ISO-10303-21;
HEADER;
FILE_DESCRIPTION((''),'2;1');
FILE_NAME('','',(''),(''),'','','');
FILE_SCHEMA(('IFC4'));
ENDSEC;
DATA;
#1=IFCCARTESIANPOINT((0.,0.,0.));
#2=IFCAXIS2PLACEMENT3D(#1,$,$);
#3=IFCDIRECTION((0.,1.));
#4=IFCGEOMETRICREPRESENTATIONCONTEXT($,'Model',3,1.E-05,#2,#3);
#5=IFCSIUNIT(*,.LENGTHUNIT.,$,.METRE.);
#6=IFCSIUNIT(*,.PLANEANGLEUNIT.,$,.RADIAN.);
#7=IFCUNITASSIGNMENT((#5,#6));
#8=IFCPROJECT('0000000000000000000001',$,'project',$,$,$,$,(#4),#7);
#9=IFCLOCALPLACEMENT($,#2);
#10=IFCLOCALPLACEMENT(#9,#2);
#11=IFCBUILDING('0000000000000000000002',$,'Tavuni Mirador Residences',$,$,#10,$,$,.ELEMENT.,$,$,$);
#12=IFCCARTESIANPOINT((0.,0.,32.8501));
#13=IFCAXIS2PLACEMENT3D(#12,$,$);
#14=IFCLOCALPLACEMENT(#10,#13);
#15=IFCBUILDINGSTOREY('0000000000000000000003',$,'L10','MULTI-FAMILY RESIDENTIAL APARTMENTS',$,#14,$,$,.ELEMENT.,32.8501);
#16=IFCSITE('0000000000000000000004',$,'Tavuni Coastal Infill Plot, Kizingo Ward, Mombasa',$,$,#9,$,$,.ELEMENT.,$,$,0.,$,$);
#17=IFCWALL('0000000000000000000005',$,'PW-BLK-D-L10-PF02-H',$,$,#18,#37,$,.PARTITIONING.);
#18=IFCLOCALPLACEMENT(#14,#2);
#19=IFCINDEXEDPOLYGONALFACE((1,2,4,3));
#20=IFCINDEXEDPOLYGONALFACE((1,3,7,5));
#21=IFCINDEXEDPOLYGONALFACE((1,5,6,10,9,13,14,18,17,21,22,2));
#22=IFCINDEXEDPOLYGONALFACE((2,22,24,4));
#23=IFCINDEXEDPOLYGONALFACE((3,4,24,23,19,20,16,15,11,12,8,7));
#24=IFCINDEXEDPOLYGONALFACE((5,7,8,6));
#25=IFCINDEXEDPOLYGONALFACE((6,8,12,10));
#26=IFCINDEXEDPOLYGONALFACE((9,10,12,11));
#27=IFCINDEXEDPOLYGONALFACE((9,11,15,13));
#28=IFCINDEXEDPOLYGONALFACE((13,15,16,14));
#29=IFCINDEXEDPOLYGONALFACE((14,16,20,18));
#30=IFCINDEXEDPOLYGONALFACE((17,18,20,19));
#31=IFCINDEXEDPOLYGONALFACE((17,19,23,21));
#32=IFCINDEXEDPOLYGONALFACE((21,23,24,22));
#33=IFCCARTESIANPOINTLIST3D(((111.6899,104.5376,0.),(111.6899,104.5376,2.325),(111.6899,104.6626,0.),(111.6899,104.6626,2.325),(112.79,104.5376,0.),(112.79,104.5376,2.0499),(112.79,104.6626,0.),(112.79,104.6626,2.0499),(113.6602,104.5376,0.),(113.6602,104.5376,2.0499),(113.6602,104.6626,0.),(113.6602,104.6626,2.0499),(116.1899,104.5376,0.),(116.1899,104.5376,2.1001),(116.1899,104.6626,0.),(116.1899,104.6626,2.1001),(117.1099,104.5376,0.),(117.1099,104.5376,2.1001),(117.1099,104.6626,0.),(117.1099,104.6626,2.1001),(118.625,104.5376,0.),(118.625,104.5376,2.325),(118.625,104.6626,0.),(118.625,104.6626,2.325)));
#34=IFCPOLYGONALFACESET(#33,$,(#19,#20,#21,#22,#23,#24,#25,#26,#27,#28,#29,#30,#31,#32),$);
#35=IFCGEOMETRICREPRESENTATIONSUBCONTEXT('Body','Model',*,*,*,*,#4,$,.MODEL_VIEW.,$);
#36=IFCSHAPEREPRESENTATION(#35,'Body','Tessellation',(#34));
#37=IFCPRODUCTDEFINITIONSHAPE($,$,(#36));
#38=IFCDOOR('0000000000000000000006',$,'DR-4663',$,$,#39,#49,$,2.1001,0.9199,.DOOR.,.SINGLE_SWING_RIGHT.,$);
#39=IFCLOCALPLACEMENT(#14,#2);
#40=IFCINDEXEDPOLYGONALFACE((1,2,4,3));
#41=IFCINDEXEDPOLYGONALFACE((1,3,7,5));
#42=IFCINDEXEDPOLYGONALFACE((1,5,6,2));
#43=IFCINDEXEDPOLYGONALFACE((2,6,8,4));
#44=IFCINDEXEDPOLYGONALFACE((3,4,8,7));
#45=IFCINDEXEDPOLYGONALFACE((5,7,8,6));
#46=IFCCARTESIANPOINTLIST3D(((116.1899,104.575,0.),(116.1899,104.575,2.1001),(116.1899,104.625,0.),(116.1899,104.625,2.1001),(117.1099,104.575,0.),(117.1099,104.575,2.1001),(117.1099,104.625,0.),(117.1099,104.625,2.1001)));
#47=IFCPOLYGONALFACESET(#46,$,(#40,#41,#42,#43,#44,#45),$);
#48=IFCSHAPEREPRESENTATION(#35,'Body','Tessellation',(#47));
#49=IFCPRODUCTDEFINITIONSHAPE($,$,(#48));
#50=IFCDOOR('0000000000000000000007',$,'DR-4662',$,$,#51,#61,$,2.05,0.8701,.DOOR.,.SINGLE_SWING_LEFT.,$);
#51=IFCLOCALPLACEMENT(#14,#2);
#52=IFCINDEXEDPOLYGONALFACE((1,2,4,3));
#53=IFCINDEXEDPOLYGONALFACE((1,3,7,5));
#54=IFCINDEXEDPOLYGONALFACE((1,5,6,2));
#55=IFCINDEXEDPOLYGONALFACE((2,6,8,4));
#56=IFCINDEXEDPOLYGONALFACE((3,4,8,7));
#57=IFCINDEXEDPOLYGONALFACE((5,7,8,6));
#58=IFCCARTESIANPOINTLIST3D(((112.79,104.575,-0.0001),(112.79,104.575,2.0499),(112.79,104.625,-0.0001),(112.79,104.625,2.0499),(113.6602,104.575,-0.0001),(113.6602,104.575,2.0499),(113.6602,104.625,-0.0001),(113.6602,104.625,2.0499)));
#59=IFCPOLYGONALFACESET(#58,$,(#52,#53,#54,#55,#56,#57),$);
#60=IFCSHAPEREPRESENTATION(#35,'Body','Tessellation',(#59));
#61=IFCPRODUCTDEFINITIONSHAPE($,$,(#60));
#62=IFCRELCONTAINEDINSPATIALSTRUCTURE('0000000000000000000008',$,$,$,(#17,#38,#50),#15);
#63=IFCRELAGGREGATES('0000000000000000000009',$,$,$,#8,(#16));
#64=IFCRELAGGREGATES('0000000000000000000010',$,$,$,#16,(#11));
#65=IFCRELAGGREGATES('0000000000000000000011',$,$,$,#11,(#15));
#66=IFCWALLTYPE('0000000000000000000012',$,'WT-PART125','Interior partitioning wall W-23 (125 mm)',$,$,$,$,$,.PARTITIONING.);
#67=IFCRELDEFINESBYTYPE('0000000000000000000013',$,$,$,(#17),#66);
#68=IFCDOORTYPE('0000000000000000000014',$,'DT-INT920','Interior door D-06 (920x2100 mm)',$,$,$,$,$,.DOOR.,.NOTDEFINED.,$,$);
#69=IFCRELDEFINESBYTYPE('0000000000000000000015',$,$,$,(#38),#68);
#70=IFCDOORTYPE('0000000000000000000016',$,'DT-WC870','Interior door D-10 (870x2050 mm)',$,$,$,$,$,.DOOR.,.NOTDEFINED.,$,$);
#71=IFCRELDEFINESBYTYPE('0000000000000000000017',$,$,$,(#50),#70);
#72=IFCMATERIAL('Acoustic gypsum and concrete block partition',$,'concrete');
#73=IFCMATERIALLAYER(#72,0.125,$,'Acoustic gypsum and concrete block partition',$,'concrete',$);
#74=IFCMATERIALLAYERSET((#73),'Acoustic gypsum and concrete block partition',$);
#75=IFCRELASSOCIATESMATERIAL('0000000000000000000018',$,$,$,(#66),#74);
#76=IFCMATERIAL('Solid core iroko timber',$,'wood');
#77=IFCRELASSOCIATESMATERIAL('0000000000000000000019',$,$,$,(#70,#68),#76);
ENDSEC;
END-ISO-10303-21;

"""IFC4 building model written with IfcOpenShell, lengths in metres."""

from ifc_helpers import new_model, si_unit, direction, frame, frame_2d, origin, place, context, subcontext, project, spatial, rectangle, extrude, material, layer, layer_set, type_object, element, fill, save


model = new_model("IFC4")

# Units and contexts
model_context = context("Model", 3, precision=1e-05, world=origin(), true_north=direction((0.0, 1.0)))
body_context = subcontext(model_context, "Body", "Model", "MODEL_VIEW")
ifc_project = project(units=[si_unit("LENGTHUNIT", "METRE"), si_unit("PLANEANGLEUNIT", "RADIAN")], contexts=[model_context])

# Site, building, storey
site_placement = place(None, origin())
site = spatial("IfcSite", under=ifc_project, at=site_placement, Name="Tavuni Coastal Infill Plot, Kizingo Ward, Mombasa", CompositionType="ELEMENT", RefElevation=0.0)
building_placement = place(site_placement, origin())
building = spatial("IfcBuilding", under=site, at=building_placement, Name="Tavuni Mirador Residences", CompositionType="ELEMENT")
storey_placement = place(building_placement, frame((0.0, 0.0, 32.8501)))
storey = spatial("IfcBuildingStorey", under=building, at=storey_placement, Name="L10", Description="MULTI-FAMILY RESIDENTIAL APARTMENTS", CompositionType="ELEMENT", Elevation=32.8501)

# Shared definitions
ifc_material_1 = material(Name="Solid core iroko timber", Category="wood")

# Wall, openings, doors
ifc_material_2 = material(Name="Acoustic gypsum and concrete block partition", Category="concrete")
ifc_layer_1 = layer(ifc_material_2, 0.125, Name="Acoustic gypsum and concrete block partition", Category="concrete")
ifc_layer_set_1 = layer_set([ifc_layer_1], Name="Acoustic gypsum and concrete block partition")
wall_type_1 = type_object("IfcWallType", Name="WT-PART125", Description="Interior partitioning wall W-23 (125 mm)", PredefinedType="PARTITIONING", material=ifc_layer_set_1)
door_type_1 = type_object("IfcDoorType", Name="DT-WC870", Description="Interior door D-10 (870x2050 mm)", OperationType="NOTDEFINED", PredefinedType="DOOR", material=ifc_material_1)
wall_1_placement = place(storey_placement, frame((111.6899, 104.6001, 0.0), z_axis=(0.0, 0.0, 1.0), x_axis=(1.0, 0.0, 0.0)))
wall_1 = element("IfcWall", 1, at=wall_1_placement, inside=storey, type_object=wall_type_1, Name="PW-BLK-D-L10-PF02-H", PredefinedType="PARTITIONING", context=body_context, shape_type="SweptSolid", body=[
    extrude(rectangle(XDim=6.9351, YDim=0.125, at=frame_2d((3.4675, 0.0))), origin(), (0.0, 0.0, 1.0), 2.325),
])
opening_1_placement = place(wall_1_placement, frame((1.1001, 0.0, 0.0)))
opening_1 = element("IfcOpeningElement", 2, at=opening_1_placement, cuts=wall_1, PredefinedType="OPENING", context=body_context, shape_type="SweptSolid", body=[
    extrude(rectangle(XDim=0.8701, YDim=2.05, at=frame_2d((0.4351, 1.0249))), frame((0.0, 0.0725, 0.0), z_axis=(0.0, -1.0, 0.0), x_axis=(1.0, 0.0, 0.0)), (0.0, 0.0, 1.0), 0.145),
])
opening_2_placement = place(wall_1_placement, frame((4.5, 0.0, 0.0)))
opening_2 = element("IfcOpeningElement", 3, at=opening_2_placement, cuts=wall_1, PredefinedType="OPENING", context=body_context, shape_type="SweptSolid", body=[
    extrude(rectangle(XDim=0.9199, YDim=2.1001, at=frame_2d((0.46, 1.05))), frame((0.0, 0.0725, 0.0), z_axis=(0.0, -1.0, 0.0), x_axis=(1.0, 0.0, 0.0)), (0.0, 0.0, 1.0), 0.145),
])
door_type_2 = type_object("IfcDoorType", Name="DT-INT920", Description="Interior door D-06 (920x2100 mm)", OperationType="NOTDEFINED", PredefinedType="DOOR", material=ifc_material_1)
door_1_placement = place(opening_2_placement, origin())
door_1 = element("IfcDoor", 4, at=door_1_placement, inside=storey, type_object=door_type_2, Name="DR-4663", OperationType="SINGLE_SWING_RIGHT", OverallHeight=2.1001, OverallWidth=0.9199, PredefinedType="DOOR", context=body_context, shape_type="SweptSolid", body=[
    extrude(rectangle(XDim=0.9199, YDim=2.1001, at=frame_2d((0.46, 1.05))), frame((0.0, 0.0249, 0.0), z_axis=(0.0, -1.0, 0.0), x_axis=(1.0, 0.0, 0.0)), (0.0, 0.0, 1.0), 0.05),
])
fill(opening_2, door_1)
door_2_placement = place(opening_1_placement, origin())
door_2 = element("IfcDoor", 5, at=door_2_placement, inside=storey, type_object=door_type_1, Name="DR-4662", OperationType="SINGLE_SWING_LEFT", OverallHeight=2.05, OverallWidth=0.8701, PredefinedType="DOOR", context=body_context, shape_type="SweptSolid", body=[
    extrude(rectangle(XDim=0.8701, YDim=2.05, at=frame_2d((0.4351, 1.0249))), frame((0.0, 0.0249, 0.0), z_axis=(0.0, -1.0, 0.0), x_axis=(1.0, 0.0, 0.0)), (0.0, 0.0, 1.0), 0.05),
])
fill(opening_1, door_2)

save(model, "model.ifc")
